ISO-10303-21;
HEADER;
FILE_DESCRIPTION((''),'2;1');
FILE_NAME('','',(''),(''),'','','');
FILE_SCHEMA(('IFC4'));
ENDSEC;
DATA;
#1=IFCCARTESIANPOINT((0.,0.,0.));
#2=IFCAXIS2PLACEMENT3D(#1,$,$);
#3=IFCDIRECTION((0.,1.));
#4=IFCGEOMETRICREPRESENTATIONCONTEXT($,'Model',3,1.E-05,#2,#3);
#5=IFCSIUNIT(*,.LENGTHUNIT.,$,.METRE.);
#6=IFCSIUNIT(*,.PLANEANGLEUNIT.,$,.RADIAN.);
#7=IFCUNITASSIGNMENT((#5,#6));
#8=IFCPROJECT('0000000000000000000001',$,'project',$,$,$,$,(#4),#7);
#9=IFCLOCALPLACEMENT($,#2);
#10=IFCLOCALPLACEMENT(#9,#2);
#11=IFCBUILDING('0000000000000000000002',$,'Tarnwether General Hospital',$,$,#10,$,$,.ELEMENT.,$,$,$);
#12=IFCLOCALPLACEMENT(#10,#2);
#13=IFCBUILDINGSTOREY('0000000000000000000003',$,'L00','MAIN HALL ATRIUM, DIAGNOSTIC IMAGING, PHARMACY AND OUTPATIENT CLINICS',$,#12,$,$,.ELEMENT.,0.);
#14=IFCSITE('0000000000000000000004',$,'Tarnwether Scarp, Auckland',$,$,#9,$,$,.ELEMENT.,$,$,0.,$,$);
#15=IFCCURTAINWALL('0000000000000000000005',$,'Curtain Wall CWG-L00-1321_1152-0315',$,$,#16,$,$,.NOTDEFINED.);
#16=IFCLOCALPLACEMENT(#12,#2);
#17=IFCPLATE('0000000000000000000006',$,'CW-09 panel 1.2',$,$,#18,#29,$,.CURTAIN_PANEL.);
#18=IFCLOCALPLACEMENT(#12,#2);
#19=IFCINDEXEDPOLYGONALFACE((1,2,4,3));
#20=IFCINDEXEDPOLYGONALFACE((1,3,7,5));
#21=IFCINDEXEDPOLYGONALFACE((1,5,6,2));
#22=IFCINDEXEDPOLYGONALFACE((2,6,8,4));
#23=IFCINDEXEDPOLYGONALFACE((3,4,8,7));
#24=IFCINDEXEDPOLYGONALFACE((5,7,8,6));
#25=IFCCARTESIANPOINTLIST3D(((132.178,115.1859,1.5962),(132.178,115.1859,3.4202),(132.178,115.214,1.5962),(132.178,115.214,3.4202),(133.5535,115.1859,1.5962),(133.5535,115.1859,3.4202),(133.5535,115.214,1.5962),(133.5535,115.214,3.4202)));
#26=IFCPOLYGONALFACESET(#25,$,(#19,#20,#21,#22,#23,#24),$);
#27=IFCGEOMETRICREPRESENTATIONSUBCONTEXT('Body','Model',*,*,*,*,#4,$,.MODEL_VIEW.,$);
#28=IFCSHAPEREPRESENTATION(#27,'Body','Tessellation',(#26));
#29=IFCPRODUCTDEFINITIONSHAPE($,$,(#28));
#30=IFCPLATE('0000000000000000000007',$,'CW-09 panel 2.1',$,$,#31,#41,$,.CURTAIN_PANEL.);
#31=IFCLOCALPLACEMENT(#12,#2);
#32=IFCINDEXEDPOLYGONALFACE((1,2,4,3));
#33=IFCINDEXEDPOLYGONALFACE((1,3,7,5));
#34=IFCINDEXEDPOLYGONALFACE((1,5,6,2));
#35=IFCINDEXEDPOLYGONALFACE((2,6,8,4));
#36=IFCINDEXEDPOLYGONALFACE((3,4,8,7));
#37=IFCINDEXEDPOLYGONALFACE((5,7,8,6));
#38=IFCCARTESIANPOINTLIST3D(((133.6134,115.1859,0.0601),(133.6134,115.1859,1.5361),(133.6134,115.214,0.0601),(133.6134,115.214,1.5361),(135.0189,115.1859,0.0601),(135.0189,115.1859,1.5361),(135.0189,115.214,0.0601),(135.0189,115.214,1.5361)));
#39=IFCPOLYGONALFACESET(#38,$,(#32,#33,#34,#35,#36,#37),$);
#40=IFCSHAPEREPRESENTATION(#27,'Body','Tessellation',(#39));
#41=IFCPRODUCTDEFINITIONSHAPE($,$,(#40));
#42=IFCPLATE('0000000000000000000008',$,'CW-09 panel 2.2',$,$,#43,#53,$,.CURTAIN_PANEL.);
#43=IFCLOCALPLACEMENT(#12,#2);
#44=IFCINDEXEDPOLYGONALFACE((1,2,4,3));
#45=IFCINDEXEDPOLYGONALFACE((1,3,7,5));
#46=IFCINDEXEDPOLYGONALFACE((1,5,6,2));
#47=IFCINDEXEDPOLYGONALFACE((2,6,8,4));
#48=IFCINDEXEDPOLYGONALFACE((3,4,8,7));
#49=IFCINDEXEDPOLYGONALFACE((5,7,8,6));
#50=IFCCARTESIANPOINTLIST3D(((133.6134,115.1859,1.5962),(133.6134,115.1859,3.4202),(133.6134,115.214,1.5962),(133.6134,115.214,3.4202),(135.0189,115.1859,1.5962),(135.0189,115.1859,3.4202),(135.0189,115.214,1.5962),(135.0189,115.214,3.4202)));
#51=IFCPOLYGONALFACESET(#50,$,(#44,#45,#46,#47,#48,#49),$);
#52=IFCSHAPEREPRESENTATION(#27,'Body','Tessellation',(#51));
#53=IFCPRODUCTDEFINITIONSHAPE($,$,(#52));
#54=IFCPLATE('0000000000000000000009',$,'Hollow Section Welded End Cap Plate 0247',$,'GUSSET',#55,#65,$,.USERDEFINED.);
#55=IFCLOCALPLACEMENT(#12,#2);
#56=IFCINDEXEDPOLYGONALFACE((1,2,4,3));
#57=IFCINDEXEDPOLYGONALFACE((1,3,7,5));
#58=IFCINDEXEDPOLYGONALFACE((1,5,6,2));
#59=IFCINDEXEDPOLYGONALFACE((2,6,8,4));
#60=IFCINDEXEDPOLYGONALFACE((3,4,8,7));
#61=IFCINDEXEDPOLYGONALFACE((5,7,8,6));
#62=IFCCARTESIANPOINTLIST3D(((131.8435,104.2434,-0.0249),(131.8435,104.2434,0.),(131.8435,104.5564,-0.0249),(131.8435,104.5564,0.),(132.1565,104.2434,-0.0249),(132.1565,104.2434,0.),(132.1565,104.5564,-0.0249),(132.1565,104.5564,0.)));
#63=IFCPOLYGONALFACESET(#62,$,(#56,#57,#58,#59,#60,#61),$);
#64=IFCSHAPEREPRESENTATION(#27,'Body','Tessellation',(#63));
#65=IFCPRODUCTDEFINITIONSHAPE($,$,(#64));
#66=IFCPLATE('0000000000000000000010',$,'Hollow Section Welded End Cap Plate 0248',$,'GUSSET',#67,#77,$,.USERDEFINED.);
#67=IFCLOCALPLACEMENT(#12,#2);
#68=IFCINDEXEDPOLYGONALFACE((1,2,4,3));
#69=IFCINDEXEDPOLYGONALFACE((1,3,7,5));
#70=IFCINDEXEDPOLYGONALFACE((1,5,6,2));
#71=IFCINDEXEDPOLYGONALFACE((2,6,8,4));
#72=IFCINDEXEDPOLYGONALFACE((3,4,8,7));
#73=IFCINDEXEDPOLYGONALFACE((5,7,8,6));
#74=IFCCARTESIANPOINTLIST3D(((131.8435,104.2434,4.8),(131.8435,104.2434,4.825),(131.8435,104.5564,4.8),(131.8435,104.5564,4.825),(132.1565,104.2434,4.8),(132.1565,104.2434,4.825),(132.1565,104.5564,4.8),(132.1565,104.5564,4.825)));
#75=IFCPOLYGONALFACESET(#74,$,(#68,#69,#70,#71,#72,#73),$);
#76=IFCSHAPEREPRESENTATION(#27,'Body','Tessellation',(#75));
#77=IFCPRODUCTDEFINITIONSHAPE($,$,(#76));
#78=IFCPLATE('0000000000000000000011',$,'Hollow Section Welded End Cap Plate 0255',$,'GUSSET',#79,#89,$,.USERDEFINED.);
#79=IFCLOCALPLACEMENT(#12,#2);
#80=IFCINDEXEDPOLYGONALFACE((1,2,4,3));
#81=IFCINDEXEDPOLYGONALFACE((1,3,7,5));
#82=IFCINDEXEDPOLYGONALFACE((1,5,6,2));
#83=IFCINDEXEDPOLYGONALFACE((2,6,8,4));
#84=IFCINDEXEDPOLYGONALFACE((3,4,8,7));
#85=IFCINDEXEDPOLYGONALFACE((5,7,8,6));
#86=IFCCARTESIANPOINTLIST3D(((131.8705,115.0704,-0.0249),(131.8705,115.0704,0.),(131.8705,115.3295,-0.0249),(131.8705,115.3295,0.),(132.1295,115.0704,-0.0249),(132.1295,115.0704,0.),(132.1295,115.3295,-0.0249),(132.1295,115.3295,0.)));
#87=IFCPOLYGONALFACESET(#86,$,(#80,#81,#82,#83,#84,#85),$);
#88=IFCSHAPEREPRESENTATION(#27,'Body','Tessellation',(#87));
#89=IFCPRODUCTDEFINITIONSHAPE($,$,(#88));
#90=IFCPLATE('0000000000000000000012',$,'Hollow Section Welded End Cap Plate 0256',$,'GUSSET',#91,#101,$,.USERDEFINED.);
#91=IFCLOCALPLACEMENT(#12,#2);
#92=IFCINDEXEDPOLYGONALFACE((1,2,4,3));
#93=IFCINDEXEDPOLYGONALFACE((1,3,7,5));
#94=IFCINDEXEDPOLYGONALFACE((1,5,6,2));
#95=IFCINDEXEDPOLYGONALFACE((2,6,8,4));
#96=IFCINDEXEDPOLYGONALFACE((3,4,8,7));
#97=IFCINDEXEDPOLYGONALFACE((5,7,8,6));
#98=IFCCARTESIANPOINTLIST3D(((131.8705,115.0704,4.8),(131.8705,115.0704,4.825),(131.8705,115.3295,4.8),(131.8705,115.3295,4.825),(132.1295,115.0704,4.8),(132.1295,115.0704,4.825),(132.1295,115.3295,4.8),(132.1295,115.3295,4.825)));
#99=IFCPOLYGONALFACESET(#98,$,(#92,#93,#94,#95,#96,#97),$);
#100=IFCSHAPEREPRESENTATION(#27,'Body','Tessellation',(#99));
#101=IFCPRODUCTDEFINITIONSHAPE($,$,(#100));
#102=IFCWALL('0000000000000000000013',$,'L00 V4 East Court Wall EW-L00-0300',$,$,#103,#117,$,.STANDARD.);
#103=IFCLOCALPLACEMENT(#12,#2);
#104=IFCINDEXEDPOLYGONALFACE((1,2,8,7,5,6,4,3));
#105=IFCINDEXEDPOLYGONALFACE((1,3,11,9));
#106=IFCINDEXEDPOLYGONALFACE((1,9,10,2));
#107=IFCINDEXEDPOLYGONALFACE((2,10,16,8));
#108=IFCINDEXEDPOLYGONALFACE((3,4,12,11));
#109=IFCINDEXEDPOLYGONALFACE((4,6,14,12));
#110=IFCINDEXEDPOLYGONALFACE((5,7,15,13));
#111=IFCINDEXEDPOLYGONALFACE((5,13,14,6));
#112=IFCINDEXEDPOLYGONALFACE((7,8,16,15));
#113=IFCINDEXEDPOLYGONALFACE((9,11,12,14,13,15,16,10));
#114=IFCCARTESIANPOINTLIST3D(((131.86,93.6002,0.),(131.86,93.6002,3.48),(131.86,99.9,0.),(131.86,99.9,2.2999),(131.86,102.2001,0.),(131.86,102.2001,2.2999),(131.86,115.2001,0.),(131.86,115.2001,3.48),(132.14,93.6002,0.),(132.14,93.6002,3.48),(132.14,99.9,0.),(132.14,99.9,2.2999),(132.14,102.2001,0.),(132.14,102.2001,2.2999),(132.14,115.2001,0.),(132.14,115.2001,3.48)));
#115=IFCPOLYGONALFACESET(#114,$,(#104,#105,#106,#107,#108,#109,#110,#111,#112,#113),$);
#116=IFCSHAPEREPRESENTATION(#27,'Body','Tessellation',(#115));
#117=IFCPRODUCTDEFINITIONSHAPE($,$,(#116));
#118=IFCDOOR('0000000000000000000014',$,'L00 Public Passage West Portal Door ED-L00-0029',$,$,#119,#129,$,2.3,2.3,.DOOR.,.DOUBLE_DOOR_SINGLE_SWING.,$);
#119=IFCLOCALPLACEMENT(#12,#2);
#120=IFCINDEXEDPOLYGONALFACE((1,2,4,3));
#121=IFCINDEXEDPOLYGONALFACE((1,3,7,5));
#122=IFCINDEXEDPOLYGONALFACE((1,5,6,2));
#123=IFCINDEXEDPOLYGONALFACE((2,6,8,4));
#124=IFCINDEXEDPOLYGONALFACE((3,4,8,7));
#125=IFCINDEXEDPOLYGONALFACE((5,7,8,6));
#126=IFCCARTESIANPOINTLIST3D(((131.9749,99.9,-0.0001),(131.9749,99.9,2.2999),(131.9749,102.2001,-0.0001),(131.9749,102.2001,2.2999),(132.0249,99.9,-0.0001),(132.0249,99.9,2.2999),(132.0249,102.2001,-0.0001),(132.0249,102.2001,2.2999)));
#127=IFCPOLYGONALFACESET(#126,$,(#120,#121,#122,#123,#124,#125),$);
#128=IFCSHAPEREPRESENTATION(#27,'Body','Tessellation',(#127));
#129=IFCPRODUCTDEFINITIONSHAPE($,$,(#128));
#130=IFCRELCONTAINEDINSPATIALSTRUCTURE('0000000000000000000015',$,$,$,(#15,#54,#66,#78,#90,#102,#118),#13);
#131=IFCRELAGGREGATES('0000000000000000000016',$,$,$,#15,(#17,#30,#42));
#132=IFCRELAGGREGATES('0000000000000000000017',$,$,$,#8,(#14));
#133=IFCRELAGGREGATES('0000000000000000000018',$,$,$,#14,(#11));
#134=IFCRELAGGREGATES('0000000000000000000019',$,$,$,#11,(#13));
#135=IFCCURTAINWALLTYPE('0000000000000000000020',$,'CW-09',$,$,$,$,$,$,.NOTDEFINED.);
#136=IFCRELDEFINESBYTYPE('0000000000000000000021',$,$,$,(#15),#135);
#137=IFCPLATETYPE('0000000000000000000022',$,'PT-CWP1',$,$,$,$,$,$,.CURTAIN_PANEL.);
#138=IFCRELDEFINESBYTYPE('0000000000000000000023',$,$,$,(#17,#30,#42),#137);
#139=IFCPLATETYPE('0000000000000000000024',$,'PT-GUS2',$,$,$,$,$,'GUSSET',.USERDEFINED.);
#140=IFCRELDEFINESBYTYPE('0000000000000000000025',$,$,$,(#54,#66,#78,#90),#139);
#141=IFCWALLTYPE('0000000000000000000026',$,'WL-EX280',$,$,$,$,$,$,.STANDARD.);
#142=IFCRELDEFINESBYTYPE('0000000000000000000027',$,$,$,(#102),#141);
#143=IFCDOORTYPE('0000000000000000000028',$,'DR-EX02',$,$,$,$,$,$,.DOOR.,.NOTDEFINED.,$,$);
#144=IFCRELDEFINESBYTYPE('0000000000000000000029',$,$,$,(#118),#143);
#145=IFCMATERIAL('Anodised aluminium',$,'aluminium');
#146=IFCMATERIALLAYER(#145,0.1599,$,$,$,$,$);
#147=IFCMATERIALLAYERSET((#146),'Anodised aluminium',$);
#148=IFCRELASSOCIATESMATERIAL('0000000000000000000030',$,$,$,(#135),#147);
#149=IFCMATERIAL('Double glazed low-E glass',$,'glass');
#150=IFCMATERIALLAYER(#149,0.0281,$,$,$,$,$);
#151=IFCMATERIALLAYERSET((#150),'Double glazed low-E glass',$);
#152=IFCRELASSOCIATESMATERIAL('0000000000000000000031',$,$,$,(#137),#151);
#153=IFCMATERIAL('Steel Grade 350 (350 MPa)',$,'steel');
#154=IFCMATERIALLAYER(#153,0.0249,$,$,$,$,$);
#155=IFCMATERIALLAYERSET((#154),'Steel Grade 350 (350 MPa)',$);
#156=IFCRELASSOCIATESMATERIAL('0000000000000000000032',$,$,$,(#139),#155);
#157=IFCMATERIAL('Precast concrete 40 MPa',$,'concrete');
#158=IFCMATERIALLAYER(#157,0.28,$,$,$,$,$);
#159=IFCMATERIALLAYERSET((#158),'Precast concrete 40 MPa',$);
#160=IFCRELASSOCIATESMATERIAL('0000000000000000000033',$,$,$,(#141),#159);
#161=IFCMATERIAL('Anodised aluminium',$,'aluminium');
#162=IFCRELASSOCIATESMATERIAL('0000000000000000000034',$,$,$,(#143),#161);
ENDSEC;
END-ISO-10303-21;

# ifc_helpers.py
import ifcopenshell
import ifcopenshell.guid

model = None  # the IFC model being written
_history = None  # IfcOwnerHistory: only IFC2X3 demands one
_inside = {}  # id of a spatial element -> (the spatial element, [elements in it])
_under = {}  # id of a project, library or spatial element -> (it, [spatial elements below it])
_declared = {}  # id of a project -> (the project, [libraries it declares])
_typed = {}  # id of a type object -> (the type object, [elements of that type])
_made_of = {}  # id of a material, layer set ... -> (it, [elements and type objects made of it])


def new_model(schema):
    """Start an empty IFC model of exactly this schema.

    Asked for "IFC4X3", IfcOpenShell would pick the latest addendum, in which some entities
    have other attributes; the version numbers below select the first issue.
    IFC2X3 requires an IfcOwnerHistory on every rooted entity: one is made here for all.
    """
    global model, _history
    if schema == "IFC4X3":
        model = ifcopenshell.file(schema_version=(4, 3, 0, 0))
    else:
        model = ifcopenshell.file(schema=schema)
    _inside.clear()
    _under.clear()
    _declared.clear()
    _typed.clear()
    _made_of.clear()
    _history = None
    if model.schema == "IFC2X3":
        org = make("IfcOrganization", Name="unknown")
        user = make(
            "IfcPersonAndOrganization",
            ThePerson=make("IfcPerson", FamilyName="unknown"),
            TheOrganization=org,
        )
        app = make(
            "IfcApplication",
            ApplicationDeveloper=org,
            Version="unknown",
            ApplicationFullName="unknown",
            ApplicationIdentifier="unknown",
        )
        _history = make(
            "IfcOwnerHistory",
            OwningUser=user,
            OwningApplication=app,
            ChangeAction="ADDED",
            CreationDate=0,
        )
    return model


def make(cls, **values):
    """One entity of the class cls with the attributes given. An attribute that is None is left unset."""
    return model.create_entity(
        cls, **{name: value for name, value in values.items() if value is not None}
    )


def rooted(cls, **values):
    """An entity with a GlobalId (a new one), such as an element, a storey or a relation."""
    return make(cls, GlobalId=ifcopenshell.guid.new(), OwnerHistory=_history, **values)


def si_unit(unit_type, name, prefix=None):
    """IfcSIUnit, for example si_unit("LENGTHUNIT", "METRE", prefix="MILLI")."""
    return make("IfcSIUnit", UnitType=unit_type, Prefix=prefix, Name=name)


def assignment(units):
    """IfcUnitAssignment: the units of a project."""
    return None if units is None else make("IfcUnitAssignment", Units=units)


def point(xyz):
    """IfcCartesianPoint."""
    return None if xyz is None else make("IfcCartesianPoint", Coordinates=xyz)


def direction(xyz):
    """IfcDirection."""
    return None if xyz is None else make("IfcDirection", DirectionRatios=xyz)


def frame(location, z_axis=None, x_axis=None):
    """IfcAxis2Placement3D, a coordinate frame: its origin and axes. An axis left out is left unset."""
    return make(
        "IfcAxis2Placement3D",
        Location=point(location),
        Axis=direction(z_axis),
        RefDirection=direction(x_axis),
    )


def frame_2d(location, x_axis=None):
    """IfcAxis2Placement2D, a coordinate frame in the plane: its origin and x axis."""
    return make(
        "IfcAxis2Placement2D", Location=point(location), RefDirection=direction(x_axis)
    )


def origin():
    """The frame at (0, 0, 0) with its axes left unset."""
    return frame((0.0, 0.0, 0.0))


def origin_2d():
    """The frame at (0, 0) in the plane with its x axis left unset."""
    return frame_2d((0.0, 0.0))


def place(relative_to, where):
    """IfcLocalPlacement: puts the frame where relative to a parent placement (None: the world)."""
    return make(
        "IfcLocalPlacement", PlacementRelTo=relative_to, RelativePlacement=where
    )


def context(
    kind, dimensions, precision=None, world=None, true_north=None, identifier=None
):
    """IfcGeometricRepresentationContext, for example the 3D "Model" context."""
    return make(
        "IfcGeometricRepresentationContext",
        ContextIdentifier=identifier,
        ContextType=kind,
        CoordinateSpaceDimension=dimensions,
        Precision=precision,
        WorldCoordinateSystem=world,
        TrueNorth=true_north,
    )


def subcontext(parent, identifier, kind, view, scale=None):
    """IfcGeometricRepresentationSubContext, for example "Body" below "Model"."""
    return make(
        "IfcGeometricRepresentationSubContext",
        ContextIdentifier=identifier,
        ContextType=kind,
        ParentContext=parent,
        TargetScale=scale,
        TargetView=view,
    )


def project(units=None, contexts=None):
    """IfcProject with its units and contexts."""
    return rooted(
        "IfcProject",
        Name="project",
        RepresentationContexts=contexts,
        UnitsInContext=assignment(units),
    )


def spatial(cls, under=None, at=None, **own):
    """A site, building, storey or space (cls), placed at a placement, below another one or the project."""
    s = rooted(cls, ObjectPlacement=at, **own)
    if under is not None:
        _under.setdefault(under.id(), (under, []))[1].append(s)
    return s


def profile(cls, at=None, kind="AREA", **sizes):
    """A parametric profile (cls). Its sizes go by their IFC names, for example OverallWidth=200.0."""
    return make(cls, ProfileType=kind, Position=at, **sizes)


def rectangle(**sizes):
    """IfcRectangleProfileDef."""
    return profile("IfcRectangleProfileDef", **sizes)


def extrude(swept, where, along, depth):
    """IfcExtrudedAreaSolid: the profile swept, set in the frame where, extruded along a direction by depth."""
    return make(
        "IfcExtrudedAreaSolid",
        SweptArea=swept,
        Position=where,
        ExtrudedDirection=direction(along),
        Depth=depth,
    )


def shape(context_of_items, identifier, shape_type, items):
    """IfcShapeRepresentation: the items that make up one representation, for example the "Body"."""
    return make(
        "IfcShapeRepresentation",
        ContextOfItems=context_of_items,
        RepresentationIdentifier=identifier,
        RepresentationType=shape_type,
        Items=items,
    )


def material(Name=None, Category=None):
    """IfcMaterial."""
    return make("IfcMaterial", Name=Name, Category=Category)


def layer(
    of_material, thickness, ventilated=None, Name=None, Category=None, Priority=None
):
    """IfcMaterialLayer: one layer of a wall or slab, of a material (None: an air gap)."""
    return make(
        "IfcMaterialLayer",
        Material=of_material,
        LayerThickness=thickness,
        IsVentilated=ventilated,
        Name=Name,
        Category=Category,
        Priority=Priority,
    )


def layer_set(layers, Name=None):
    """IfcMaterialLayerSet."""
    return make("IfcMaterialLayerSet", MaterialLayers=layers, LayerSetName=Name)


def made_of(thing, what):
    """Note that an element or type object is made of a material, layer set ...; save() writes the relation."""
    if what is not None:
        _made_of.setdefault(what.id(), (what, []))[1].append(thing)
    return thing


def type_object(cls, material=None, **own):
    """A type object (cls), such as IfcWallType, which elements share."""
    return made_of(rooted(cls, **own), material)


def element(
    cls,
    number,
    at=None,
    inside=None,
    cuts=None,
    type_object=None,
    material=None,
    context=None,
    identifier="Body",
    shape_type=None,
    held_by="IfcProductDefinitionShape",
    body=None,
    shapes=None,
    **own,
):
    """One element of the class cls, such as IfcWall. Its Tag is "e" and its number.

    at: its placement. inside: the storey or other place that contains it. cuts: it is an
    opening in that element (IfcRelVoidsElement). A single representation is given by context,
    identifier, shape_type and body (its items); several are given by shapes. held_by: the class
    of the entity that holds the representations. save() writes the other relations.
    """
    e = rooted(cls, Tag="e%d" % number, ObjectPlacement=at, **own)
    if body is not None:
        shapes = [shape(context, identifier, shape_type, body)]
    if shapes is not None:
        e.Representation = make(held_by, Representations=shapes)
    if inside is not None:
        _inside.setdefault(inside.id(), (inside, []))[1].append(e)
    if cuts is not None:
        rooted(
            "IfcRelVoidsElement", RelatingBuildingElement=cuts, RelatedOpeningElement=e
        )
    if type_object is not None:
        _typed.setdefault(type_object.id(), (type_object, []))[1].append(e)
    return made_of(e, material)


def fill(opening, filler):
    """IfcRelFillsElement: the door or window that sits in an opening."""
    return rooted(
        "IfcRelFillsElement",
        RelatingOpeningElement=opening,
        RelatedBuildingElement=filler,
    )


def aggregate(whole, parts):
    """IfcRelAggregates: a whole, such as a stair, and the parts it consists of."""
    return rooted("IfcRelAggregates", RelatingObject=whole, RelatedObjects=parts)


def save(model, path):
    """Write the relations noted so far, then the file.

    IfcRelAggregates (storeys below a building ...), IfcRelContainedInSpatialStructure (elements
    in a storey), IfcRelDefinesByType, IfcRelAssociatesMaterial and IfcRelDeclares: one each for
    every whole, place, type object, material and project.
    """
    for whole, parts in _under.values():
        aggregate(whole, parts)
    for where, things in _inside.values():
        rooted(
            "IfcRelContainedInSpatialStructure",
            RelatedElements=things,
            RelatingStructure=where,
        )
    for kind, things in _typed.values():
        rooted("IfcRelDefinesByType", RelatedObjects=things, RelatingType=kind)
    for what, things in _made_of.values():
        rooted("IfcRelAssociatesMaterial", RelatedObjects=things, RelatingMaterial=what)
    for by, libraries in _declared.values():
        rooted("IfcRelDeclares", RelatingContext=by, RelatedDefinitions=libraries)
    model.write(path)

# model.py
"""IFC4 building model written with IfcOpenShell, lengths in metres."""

from ifc_helpers import new_model, si_unit, direction, frame, frame_2d, origin, origin_2d, place, context, subcontext, project, spatial, rectangle, extrude, material, layer, layer_set, type_object, element, fill, aggregate, save


model = new_model("IFC4")

# Units and contexts
model_context = context("Model", 3, precision=1e-05, world=origin(), true_north=direction((0.0, 1.0)))
body_context = subcontext(model_context, "Body", "Model", "MODEL_VIEW")
ifc_project = project(units=[si_unit("LENGTHUNIT", "METRE"), si_unit("PLANEANGLEUNIT", "RADIAN")], contexts=[model_context])

# Site, building, storey
site_placement = place(None, origin())
site = spatial("IfcSite", under=ifc_project, at=site_placement, Name="Tarnwether Scarp, Auckland", CompositionType="ELEMENT", RefElevation=0.0)
building_placement = place(site_placement, origin())
building = spatial("IfcBuilding", under=site, at=building_placement, Name="Tarnwether General Hospital", CompositionType="ELEMENT")
storey_placement = place(building_placement, origin())
storey = spatial("IfcBuildingStorey", under=building, at=storey_placement, Name="L00", Description="MAIN HALL ATRIUM, DIAGNOSTIC IMAGING, PHARMACY AND OUTPATIENT CLINICS", CompositionType="ELEMENT", Elevation=0.0)

# Curtain wall, plates
ifc_material_1 = material(Name="Anodised aluminium", Category="aluminium")
ifc_layer_1 = layer(ifc_material_1, 0.1599)
ifc_layer_set_1 = layer_set([ifc_layer_1], Name="Anodised aluminium")
curtain_wall_type = type_object("IfcCurtainWallType", Name="CW-09", PredefinedType="NOTDEFINED", material=ifc_layer_set_1)
curtain_wall_placement = place(storey_placement, origin())
curtain_wall = element("IfcCurtainWall", 1, at=curtain_wall_placement, inside=storey, type_object=curtain_wall_type, Name="Curtain Wall CWG-L00-1321_1152-0315", PredefinedType="NOTDEFINED")
ifc_material_2 = material(Name="Double glazed low-E glass", Category="glass")
ifc_layer_2 = layer(ifc_material_2, 0.0281)
ifc_layer_set_2 = layer_set([ifc_layer_2], Name="Double glazed low-E glass")
plate_type_1 = type_object("IfcPlateType", Name="PT-CWP1", PredefinedType="CURTAIN_PANEL", material=ifc_layer_set_2)
plate_1_placement = place(storey_placement, frame((132.8657, 115.2, 1.5962), z_axis=(0.0, 0.0, 1.0), x_axis=(1.0, 0.0, 0.0)))
plate_1 = element("IfcPlate", 2, at=plate_1_placement, type_object=plate_type_1, Name="CW-09 panel 1.2", PredefinedType="CURTAIN_PANEL", context=body_context, shape_type="SweptSolid", body=[
    extrude(rectangle(XDim=1.3755, YDim=0.0281, at=origin_2d()), origin(), (0.0, 0.0, 1.0), 1.824),
])
plate_2_placement = place(storey_placement, frame((134.3162, 115.2, 0.0601), z_axis=(0.0, 0.0, 1.0), x_axis=(1.0, 0.0, 0.0)))
plate_2 = element("IfcPlate", 3, at=plate_2_placement, type_object=plate_type_1, Name="CW-09 panel 2.1", PredefinedType="CURTAIN_PANEL", context=body_context, shape_type="SweptSolid", body=[
    extrude(rectangle(XDim=1.4055, YDim=0.0281, at=origin_2d()), origin(), (0.0, 0.0, 1.0), 1.4761),
])
plate_3_placement = place(storey_placement, frame((134.3162, 115.2, 1.5962), z_axis=(0.0, 0.0, 1.0), x_axis=(1.0, 0.0, 0.0)))
plate_3 = element("IfcPlate", 4, at=plate_3_placement, type_object=plate_type_1, Name="CW-09 panel 2.2", PredefinedType="CURTAIN_PANEL", context=body_context, shape_type="SweptSolid", body=[
    extrude(rectangle(XDim=1.4055, YDim=0.0281, at=origin_2d()), origin(), (0.0, 0.0, 1.0), 1.824),
])
aggregate(curtain_wall, [plate_1, plate_2, plate_3])

# Plates
ifc_material_3 = material(Name="Steel Grade 350 (350 MPa)", Category="steel")
ifc_layer_3 = layer(ifc_material_3, 0.0249)
ifc_layer_set_3 = layer_set([ifc_layer_3], Name="Steel Grade 350 (350 MPa)")
plate_type_2 = type_object("IfcPlateType", Name="PT-GUS2", ElementType="GUSSET", PredefinedType="USERDEFINED", material=ifc_layer_set_3)
for number, where, z_axis, x_axis, name in (
    (5, (132.0, 104.3999, -0.0249), (0.0, 0.0, 1.0), (1.0, 0.0, 0.0), "Hollow Section Welded End Cap Plate 0247"),
    (6, (132.0, 104.3999, 4.8), (0.0, 0.0, 1.0), (1.0, 0.0, 0.0), "Hollow Section Welded End Cap Plate 0248"),
):
    element("IfcPlate", number, at=place(storey_placement, frame(where, z_axis=z_axis, x_axis=x_axis)), inside=storey, type_object=plate_type_2, Name=name, ObjectType="GUSSET", PredefinedType="USERDEFINED", context=body_context, shape_type="SweptSolid", body=[
        extrude(rectangle(XDim=0.313, YDim=0.313, at=origin_2d()), origin(), (0.0, 0.0, 1.0), 0.0249),
    ])
for number, where, z_axis, x_axis, name in (
    (7, (132.0, 115.2, -0.0249), (0.0, 0.0, 1.0), (1.0, 0.0, 0.0), "Hollow Section Welded End Cap Plate 0255"),
    (8, (132.0, 115.2, 4.8), (0.0, 0.0, 1.0), (1.0, 0.0, 0.0), "Hollow Section Welded End Cap Plate 0256"),
):
    element("IfcPlate", number, at=place(storey_placement, frame(where, z_axis=z_axis, x_axis=x_axis)), inside=storey, type_object=plate_type_2, Name=name, ObjectType="GUSSET", PredefinedType="USERDEFINED", context=body_context, shape_type="SweptSolid", body=[
        extrude(rectangle(XDim=0.259, YDim=0.259, at=origin_2d()), origin(), (0.0, 0.0, 1.0), 0.0249),
    ])

# Wall, opening, door
ifc_material_4 = material(Name="Precast concrete 40 MPa", Category="concrete")
ifc_layer_4 = layer(ifc_material_4, 0.28)
ifc_layer_set_4 = layer_set([ifc_layer_4], Name="Precast concrete 40 MPa")
wall_type = type_object("IfcWallType", Name="WL-EX280", PredefinedType="STANDARD", material=ifc_layer_set_4)
wall_placement = place(storey_placement, frame((132.0, 115.2, 0.0), z_axis=(0.0, 0.0, 1.0), x_axis=(0.0, -1.0, 0.0)))
wall = element("IfcWall", 9, at=wall_placement, inside=storey, type_object=wall_type, Name="L00 V4 East Court Wall EW-L00-0300", PredefinedType="STANDARD", context=body_context, shape_type="SweptSolid", body=[
    extrude(rectangle(XDim=21.5999, YDim=0.28, at=frame_2d((10.7998, 0.0))), origin(), (0.0, 0.0, 1.0), 3.48),
])
opening_placement = place(wall_placement, frame((13.0, 0.0, 0.0)))
opening = element("IfcOpeningElement", 10, at=opening_placement, cuts=wall, PredefinedType="OPENING", context=body_context, shape_type="SweptSolid", body=[
    extrude(rectangle(XDim=2.3, YDim=2.3, at=frame_2d((1.1499, 1.1499))), frame((0.0, 0.1499, 0.0), z_axis=(0.0, -1.0, 0.0), x_axis=(1.0, 0.0, 0.0)), (0.0, 0.0, 1.0), 0.3),
])
ifc_material_5 = material(Name="Anodised aluminium", Category="aluminium")
door_type = type_object("IfcDoorType", Name="DR-EX02", OperationType="NOTDEFINED", PredefinedType="DOOR", material=ifc_material_5)
door_placement = place(opening_placement, origin())
door = element("IfcDoor", 11, at=door_placement, inside=storey, type_object=door_type, Name="L00 Public Passage West Portal Door ED-L00-0029", OperationType="DOUBLE_DOOR_SINGLE_SWING", OverallHeight=2.3, OverallWidth=2.3, PredefinedType="DOOR", context=body_context, shape_type="SweptSolid", body=[
    extrude(rectangle(XDim=2.3, YDim=2.3, at=frame_2d((1.1499, 1.1499))), frame((0.0, 0.0249, 0.0), z_axis=(0.0, -1.0, 0.0), x_axis=(1.0, 0.0, 0.0)), (0.0, 0.0, 1.0), 0.05),
])
fill(opening, door)

save(model, "model.ifc")
